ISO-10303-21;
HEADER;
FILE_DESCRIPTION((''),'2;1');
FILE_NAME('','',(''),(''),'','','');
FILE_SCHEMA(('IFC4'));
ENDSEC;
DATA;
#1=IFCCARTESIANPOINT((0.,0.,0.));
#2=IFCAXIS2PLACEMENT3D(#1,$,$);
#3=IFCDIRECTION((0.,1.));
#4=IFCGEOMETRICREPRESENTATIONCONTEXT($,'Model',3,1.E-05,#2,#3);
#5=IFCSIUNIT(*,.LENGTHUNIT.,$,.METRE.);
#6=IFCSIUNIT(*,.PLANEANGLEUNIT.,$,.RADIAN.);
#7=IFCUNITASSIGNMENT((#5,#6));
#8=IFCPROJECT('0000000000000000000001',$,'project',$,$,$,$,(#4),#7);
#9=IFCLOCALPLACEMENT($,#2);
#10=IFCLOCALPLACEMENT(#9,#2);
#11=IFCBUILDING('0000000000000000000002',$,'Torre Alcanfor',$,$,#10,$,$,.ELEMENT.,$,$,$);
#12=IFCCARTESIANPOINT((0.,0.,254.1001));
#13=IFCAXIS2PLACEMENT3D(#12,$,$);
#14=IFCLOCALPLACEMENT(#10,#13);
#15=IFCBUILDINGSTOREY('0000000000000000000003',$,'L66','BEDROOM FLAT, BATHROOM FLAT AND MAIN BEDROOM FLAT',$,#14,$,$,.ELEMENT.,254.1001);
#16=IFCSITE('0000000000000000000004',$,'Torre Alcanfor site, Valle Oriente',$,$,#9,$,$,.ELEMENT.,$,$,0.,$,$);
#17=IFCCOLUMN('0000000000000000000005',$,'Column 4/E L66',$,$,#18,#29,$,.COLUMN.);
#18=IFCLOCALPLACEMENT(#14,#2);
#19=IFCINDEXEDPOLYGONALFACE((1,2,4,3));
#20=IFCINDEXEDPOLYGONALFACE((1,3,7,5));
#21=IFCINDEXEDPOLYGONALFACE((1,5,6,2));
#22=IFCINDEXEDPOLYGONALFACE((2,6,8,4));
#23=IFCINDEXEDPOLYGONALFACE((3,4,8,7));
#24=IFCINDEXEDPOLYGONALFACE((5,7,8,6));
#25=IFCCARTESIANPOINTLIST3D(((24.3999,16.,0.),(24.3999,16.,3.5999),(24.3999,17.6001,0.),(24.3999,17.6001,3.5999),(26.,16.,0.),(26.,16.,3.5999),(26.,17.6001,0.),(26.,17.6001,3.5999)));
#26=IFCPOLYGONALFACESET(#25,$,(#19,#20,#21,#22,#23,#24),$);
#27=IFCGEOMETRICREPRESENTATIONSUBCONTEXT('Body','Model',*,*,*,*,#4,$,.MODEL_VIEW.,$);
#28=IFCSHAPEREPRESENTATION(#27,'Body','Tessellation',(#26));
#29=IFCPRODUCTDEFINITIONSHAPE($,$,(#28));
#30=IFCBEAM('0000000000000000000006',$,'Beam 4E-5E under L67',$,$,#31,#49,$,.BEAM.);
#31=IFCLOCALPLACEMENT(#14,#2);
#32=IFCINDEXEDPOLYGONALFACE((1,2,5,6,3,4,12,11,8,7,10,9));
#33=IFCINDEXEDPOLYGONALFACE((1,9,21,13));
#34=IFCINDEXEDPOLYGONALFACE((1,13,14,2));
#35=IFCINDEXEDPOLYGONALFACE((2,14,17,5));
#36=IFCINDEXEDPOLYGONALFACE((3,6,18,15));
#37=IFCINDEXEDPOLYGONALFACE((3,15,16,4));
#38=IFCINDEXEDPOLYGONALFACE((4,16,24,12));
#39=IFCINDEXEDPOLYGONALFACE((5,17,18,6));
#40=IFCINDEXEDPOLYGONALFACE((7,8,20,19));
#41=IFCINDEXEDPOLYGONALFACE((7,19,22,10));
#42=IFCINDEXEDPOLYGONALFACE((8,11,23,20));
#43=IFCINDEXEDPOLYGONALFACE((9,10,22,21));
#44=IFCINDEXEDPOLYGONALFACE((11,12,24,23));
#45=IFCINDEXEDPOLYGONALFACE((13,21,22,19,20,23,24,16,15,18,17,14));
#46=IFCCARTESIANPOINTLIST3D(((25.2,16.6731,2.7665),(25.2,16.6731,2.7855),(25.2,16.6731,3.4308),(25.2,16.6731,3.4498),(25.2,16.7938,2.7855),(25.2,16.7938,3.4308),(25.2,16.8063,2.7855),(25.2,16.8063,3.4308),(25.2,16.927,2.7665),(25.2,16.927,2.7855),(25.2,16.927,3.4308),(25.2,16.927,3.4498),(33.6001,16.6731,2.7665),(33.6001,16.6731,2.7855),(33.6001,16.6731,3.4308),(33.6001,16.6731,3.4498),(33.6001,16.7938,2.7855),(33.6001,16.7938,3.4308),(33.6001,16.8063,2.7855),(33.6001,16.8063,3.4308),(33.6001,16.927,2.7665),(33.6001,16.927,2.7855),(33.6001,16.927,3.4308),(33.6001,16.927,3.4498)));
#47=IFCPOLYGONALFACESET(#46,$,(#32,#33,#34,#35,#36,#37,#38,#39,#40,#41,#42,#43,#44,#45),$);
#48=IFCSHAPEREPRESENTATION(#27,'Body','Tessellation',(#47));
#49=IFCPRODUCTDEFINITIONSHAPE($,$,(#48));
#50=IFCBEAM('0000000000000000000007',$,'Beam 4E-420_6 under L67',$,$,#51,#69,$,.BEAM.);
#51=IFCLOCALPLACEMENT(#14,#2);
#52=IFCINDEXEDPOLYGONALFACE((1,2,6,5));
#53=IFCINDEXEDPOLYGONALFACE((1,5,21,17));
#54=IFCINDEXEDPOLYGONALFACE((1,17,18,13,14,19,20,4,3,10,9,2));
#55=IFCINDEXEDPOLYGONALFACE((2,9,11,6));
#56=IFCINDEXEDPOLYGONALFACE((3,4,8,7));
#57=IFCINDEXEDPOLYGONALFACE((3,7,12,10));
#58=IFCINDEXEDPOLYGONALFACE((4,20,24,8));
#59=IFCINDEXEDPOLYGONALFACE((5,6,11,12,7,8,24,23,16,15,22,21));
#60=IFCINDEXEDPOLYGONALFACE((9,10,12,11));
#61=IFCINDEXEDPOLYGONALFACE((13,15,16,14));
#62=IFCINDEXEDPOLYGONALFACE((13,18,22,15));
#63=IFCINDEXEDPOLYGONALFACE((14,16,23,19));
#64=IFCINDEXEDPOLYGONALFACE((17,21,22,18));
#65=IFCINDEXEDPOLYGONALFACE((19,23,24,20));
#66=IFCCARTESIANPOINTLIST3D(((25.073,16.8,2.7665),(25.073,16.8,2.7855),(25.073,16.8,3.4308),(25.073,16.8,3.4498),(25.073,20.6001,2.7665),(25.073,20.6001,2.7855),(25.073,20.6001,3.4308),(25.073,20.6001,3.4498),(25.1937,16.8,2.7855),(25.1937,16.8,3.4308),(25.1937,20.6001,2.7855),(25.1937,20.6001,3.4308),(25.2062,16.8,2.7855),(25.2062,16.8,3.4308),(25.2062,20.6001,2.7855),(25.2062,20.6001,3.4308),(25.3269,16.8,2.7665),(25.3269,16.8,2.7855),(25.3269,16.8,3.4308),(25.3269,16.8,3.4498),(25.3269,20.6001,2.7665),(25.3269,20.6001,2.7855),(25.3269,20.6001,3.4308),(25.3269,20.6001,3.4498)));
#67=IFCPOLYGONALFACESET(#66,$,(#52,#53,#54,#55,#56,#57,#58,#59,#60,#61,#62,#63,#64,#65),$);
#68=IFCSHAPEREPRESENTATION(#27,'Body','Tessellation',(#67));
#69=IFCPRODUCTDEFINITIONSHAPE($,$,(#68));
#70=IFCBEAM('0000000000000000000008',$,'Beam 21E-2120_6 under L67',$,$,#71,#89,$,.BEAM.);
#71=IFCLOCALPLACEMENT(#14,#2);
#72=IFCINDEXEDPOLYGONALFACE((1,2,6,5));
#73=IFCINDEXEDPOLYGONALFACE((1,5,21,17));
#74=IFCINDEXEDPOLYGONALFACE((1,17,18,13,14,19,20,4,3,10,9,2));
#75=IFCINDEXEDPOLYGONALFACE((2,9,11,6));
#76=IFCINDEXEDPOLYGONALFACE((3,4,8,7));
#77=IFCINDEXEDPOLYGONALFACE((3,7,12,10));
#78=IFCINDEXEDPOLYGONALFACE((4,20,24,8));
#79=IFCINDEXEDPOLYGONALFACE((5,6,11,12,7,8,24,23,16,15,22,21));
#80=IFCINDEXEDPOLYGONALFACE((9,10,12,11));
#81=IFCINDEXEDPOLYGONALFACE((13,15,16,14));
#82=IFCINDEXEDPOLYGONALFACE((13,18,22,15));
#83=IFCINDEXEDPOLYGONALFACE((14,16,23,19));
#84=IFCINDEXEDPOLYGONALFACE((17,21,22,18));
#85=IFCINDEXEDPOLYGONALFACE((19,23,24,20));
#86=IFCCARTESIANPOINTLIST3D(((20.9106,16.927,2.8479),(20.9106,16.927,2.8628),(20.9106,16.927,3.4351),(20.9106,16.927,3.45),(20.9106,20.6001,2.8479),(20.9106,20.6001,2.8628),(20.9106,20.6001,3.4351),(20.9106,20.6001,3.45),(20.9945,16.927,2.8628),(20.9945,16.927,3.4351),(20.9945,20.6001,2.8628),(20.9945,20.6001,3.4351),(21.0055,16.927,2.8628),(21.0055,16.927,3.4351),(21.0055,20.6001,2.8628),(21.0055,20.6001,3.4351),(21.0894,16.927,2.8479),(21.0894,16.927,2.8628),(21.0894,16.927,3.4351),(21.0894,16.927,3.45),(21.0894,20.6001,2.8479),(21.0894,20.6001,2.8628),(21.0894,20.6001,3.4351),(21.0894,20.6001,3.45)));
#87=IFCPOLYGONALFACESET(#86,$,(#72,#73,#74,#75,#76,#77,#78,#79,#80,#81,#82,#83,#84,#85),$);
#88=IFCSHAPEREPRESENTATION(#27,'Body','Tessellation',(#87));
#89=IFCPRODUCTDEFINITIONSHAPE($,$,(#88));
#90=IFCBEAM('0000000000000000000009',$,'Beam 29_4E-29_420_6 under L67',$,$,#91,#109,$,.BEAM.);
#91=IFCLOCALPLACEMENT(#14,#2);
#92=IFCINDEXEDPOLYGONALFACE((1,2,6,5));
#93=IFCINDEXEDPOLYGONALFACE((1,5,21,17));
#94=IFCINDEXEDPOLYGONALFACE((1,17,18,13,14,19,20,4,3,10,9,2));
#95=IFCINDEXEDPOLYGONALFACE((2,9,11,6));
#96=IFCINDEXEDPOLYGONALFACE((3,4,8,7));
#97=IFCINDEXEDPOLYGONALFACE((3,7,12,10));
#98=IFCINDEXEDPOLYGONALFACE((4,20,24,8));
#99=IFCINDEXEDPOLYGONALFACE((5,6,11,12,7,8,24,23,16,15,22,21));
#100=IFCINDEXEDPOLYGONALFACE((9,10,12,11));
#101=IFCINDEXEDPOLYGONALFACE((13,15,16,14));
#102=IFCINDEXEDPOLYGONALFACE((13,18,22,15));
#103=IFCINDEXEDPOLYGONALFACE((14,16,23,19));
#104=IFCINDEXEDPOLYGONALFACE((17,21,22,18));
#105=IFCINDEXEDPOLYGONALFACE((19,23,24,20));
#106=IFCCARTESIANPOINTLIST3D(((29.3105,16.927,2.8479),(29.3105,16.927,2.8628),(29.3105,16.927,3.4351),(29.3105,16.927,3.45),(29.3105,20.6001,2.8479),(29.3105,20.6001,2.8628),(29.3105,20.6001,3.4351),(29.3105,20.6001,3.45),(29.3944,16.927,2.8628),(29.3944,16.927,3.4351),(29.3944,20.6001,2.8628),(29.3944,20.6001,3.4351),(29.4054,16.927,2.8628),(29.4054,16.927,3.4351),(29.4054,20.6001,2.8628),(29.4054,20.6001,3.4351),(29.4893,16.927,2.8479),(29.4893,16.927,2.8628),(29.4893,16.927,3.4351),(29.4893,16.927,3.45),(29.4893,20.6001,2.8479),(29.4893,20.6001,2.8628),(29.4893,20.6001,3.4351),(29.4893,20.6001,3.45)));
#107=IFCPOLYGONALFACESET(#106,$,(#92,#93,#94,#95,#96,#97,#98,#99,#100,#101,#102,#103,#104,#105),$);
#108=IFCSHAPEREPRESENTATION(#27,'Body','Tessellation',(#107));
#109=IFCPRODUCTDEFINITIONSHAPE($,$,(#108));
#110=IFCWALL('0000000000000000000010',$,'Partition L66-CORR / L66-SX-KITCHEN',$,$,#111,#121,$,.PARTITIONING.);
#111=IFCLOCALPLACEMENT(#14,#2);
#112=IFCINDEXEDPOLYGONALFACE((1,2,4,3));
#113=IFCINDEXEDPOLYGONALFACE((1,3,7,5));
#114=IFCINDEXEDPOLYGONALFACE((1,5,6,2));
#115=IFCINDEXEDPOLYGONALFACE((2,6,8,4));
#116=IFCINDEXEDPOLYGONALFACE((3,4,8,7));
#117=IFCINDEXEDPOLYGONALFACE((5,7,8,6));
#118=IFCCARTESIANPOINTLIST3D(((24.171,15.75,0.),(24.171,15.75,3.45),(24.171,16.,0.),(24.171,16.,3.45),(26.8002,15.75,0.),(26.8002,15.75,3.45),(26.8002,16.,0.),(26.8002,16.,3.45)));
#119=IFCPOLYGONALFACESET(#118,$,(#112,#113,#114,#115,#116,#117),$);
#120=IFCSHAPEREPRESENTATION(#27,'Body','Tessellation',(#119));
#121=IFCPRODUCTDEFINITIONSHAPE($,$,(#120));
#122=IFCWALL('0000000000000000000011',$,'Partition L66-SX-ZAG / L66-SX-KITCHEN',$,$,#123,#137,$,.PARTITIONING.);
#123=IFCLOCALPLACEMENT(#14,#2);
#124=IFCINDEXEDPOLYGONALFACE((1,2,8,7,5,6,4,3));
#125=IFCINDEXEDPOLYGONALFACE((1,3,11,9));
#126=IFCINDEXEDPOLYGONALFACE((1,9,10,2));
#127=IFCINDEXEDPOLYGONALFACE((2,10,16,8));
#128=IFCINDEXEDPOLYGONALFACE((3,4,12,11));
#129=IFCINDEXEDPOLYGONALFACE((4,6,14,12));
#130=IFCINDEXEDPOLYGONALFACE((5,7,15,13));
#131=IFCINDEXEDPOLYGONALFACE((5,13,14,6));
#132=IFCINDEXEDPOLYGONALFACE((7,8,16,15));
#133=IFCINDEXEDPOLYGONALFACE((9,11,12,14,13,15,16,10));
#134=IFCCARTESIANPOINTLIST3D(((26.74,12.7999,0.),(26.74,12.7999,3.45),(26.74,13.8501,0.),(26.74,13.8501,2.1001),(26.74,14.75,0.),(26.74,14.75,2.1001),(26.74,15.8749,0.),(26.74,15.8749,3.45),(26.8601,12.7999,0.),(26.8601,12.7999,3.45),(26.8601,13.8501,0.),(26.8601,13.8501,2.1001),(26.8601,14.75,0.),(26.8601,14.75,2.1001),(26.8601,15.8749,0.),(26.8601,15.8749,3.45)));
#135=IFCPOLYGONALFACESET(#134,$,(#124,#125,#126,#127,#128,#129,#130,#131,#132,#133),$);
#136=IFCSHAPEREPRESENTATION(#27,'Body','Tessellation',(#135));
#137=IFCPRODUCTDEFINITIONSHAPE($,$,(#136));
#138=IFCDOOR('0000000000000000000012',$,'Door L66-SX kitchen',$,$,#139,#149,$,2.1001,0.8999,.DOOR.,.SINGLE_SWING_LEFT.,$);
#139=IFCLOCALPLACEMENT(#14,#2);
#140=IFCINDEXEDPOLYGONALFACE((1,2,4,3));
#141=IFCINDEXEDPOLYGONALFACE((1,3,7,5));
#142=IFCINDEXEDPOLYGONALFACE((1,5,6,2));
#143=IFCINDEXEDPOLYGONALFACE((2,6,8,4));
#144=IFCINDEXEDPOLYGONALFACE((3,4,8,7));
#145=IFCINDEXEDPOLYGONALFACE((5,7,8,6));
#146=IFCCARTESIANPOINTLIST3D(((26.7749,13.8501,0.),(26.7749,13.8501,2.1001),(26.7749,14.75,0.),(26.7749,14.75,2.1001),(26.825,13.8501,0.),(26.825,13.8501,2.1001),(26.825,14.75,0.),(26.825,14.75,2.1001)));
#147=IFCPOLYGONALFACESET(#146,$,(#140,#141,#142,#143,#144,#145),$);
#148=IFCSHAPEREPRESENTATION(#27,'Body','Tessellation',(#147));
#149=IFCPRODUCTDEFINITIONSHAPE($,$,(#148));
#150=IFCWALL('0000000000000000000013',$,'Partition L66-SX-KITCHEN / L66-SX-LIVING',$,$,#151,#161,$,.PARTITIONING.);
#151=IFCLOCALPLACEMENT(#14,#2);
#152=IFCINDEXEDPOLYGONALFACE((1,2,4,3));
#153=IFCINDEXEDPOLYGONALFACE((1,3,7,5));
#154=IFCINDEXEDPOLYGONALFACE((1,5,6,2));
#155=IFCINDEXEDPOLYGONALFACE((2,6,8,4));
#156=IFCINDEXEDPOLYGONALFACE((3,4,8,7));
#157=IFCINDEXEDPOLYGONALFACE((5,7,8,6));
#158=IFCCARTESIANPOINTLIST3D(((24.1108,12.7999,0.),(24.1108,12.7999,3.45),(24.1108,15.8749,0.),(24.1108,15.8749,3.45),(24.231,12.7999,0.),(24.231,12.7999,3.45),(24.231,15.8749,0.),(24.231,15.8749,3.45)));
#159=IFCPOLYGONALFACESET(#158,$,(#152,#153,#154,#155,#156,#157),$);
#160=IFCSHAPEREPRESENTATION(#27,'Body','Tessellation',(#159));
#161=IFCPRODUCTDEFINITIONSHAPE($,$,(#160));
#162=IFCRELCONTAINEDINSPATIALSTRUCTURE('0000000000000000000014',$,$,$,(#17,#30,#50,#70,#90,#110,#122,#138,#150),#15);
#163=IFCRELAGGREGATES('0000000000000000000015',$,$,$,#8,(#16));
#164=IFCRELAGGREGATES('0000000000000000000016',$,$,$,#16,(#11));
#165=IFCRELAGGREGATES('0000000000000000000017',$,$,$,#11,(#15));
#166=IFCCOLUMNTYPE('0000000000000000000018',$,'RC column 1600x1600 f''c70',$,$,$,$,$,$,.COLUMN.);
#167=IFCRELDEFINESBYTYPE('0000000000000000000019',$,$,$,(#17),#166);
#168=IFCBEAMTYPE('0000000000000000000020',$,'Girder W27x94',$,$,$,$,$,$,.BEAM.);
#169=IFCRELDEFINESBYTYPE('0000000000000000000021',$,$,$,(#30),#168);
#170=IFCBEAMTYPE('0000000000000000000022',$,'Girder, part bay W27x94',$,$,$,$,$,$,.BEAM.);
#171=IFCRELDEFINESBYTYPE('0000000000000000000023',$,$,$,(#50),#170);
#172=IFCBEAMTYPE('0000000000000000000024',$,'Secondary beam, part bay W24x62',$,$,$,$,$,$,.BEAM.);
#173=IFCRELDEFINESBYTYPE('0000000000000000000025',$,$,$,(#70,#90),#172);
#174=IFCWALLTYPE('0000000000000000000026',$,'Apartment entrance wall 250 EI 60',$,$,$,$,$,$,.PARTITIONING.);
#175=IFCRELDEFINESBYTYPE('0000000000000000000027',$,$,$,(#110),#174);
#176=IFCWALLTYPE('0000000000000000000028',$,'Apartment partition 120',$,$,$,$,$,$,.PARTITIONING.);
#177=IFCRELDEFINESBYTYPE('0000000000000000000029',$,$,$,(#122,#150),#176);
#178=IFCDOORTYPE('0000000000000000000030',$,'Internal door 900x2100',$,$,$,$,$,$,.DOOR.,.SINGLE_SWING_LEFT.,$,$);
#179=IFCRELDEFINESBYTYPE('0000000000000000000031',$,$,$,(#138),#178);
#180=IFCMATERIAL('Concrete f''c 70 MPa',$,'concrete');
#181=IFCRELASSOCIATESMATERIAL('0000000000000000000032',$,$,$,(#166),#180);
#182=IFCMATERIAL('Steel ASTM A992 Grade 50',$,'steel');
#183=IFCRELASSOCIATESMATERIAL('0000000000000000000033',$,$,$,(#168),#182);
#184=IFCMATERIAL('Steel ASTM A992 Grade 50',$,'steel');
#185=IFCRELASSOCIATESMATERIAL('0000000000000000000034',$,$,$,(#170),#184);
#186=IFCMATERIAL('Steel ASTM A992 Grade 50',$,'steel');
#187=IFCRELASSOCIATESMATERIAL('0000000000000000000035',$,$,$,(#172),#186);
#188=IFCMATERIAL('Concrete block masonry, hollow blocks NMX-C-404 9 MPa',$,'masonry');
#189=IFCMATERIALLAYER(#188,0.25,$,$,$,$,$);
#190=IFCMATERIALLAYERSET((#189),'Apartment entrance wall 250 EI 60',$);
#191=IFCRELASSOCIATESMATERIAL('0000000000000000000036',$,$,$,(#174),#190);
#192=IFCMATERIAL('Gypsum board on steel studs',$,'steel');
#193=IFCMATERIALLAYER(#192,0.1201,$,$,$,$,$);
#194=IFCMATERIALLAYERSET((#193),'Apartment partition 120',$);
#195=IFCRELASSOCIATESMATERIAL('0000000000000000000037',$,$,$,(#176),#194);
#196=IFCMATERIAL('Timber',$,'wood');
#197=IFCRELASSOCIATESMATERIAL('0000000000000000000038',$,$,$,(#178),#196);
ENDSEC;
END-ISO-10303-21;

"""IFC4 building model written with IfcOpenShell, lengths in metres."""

from ifc_helpers import new_model, si_unit, direction, frame, frame_2d, origin, origin_2d, place, context, subcontext, project, spatial, rectangle, i_section, extrude, material, layer, layer_set, material_profile, profile_set, type_object, element, fill, save


model = new_model("IFC4")

# Units and contexts
model_context = context("Model", 3, precision=1e-05, world=origin(), true_north=direction((0.0, 1.0)))
body_context = subcontext(model_context, "Body", "Model", "MODEL_VIEW")
ifc_project = project(units=[si_unit("LENGTHUNIT", "METRE"), si_unit("PLANEANGLEUNIT", "RADIAN")], contexts=[model_context])

# Site, building, storey
site_placement = place(None, origin())
site = spatial("IfcSite", under=ifc_project, at=site_placement, Name="Torre Alcanfor site, Valle Oriente", CompositionType="ELEMENT", RefElevation=0.0)
building_placement = place(site_placement, origin())
building = spatial("IfcBuilding", under=site, at=building_placement, Name="Torre Alcanfor", CompositionType="ELEMENT")
storey_placement = place(building_placement, frame((0.0, 0.0, 254.1001)))
storey = spatial("IfcBuildingStorey", under=building, at=storey_placement, Name="L66", Description="BEDROOM FLAT, BATHROOM FLAT AND MAIN BEDROOM FLAT", CompositionType="ELEMENT", Elevation=254.1001)

# Column
ifc_material_1 = material(Name="Concrete f'c 70 MPa", Category="concrete")
ifc_material_profile_1 = material_profile(ifc_material_1, rectangle(XDim=1.6001, YDim=1.6001, at=origin_2d()), Name="1600x1600")
ifc_profile_set_1 = profile_set([ifc_material_profile_1], Name="Concrete f'c 70 MPa")
column_type = type_object("IfcColumnType", Name="RC column 1600x1600 f'c70", PredefinedType="COLUMN", material=ifc_profile_set_1)
column_placement = place(storey_placement, frame((25.2, 16.8, 0.0), z_axis=(0.0, 0.0, 1.0), x_axis=(1.0, 0.0, 0.0)))
element("IfcColumn", 1, at=column_placement, inside=storey, type_object=column_type, Name="Column 4/E L66", PredefinedType="COLUMN", context=body_context, shape_type="SweptSolid", body=[
    extrude(rectangle(XDim=1.6001, YDim=1.6001, at=origin_2d()), origin(), (0.0, 0.0, 1.0), 3.5999),
])

# Beams
ifc_material_2 = material(Name="Steel ASTM A992 Grade 50", Category="steel")
ifc_material_profile_2 = material_profile(ifc_material_2, i_section(OverallWidth=0.2539, OverallDepth=0.6833, WebThickness=0.0125, FlangeThickness=0.019, at=origin_2d()), Name="W27x94")
ifc_profile_set_2 = profile_set([ifc_material_profile_2], Name="Steel ASTM A992 Grade 50")
beam_type_1 = type_object("IfcBeamType", Name="Girder W27x94", PredefinedType="BEAM", material=ifc_profile_set_2)
beam_1_placement = place(storey_placement, frame((25.2, 16.8, 3.1082), z_axis=(1.0, 0.0, 0.0), x_axis=(0.0, 1.0, 0.0)))
element("IfcBeam", 2, at=beam_1_placement, inside=storey, type_object=beam_type_1, Name="Beam 4E-5E under L67", PredefinedType="BEAM", context=body_context, shape_type="SweptSolid", body=[
    extrude(i_section(OverallWidth=0.2539, OverallDepth=0.6833, WebThickness=0.0125, FlangeThickness=0.019, at=origin_2d()), origin(), (0.0, 0.0, 1.0), 8.4001),
])
ifc_material_3 = material(Name="Steel ASTM A992 Grade 50", Category="steel")
ifc_material_profile_3 = material_profile(ifc_material_3, i_section(OverallWidth=0.2539, OverallDepth=0.6833, WebThickness=0.0125, FlangeThickness=0.019, at=origin_2d()), Name="W27x94")
ifc_profile_set_3 = profile_set([ifc_material_profile_3], Name="Steel ASTM A992 Grade 50")
beam_type_2 = type_object("IfcBeamType", Name="Girder, part bay W27x94", PredefinedType="BEAM", material=ifc_profile_set_3)
beam_2_placement = place(storey_placement, frame((25.2, 16.8, 3.1082), z_axis=(0.0, 1.0, 0.0), x_axis=(-1.0, 0.0, 0.0)))
element("IfcBeam", 3, at=beam_2_placement, inside=storey, type_object=beam_type_2, Name="Beam 4E-420_6 under L67", PredefinedType="BEAM", context=body_context, shape_type="SweptSolid", body=[
    extrude(i_section(OverallWidth=0.2539, OverallDepth=0.6833, WebThickness=0.0125, FlangeThickness=0.019, at=origin_2d()), origin(), (0.0, 0.0, 1.0), 3.8),
])
ifc_material_4 = material(Name="Steel ASTM A992 Grade 50", Category="steel")
ifc_material_profile_4 = material_profile(ifc_material_4, i_section(OverallWidth=0.1787, OverallDepth=0.6021, WebThickness=0.011, FlangeThickness=0.0149, at=origin_2d()), Name="W24x62")
ifc_profile_set_4 = profile_set([ifc_material_profile_4], Name="Steel ASTM A992 Grade 50")
beam_type_3 = type_object("IfcBeamType", Name="Secondary beam, part bay W24x62", PredefinedType="BEAM", material=ifc_profile_set_4)
for number, where, z_axis, x_axis, name in (
    (4, (21.0, 16.927, 3.1489), (0.0, 1.0, 0.0), (-1.0, 0.0, 0.0), "Beam 21E-2120_6 under L67"),
    (5, (29.3999, 16.927, 3.1489), (0.0, 1.0, 0.0), (-1.0, 0.0, 0.0), "Beam 29_4E-29_420_6 under L67"),
):
    element("IfcBeam", number, at=place(storey_placement, frame(where, z_axis=z_axis, x_axis=x_axis)), inside=storey, type_object=beam_type_3, Name=name, PredefinedType="BEAM", context=body_context, shape_type="SweptSolid", body=[
        extrude(i_section(OverallWidth=0.1787, OverallDepth=0.6021, WebThickness=0.011, FlangeThickness=0.0149, at=origin_2d()), origin(), (0.0, 0.0, 1.0), 3.6731),
    ])

# Wall
ifc_material_5 = material(Name="Concrete block masonry, hollow blocks NMX-C-404 9 MPa", Category="masonry")
ifc_layer_1 = layer(ifc_material_5, 0.25)
ifc_layer_set_1 = layer_set([ifc_layer_1], Name="Apartment entrance wall 250 EI 60")
wall_type_1 = type_object("IfcWallType", Name="Apartment entrance wall 250 EI 60", PredefinedType="PARTITIONING", material=ifc_layer_set_1)
wall_1_placement = place(storey_placement, frame((26.8, 15.875, 0.0), z_axis=(0.0, 0.0, 1.0), x_axis=(-1.0, 0.0, 0.0)))
element("IfcWall", 6, at=wall_1_placement, inside=storey, type_object=wall_type_1, Name="Partition L66-CORR / L66-SX-KITCHEN", PredefinedType="PARTITIONING", context=body_context, shape_type="SweptSolid", body=[
    extrude(rectangle(XDim=2.6292, YDim=0.25, at=frame_2d((1.3145, 0.0))), origin(), (0.0, 0.0, 1.0), 3.45),
])

# Wall, opening, door
ifc_material_6 = material(Name="Gypsum board on steel studs", Category="steel")
ifc_layer_2 = layer(ifc_material_6, 0.1201)
ifc_layer_set_2 = layer_set([ifc_layer_2], Name="Apartment partition 120")
wall_type_2 = type_object("IfcWallType", Name="Apartment partition 120", PredefinedType="PARTITIONING", material=ifc_layer_set_2)
wall_2_placement = place(storey_placement, frame((26.8, 15.875, 0.0), z_axis=(0.0, 0.0, 1.0), x_axis=(0.0, -1.0, 0.0)))
wall_2 = element("IfcWall", 7, at=wall_2_placement, inside=storey, type_object=wall_type_2, Name="Partition L66-SX-ZAG / L66-SX-KITCHEN", PredefinedType="PARTITIONING", context=body_context, shape_type="SweptSolid", body=[
    extrude(rectangle(XDim=3.075, YDim=0.1201, at=frame_2d((1.5376, 0.0))), origin(), (0.0, 0.0, 1.0), 3.45),
])
opening_1_placement = place(wall_2_placement, frame((1.125, 0.0, 0.0)))
opening_1 = element("IfcOpeningElement", 8, at=opening_1_placement, cuts=wall_2, PredefinedType="OPENING", context=body_context, shape_type="SweptSolid", body=[
    extrude(rectangle(XDim=0.8999, YDim=2.1001, at=frame_2d((0.45, 1.05))), frame((0.0, 0.0701, 0.0), z_axis=(0.0, -1.0, 0.0), x_axis=(1.0, 0.0, 0.0)), (0.0, 0.0, 1.0), 0.1401),
])
ifc_material_7 = material(Name="Timber", Category="wood")
door_type_1 = type_object("IfcDoorType", Name="Internal door 900x2100", OperationType="SINGLE_SWING_LEFT", PredefinedType="DOOR", material=ifc_material_7)
door_1_placement = place(opening_1_placement, frame((0.8999, 0.0, 0.0), z_axis=(0.0, 0.0, 1.0), x_axis=(-1.0, 0.0, 0.0)))
door_1 = element("IfcDoor", 9, at=door_1_placement, inside=storey, type_object=door_type_1, Name="Door L66-SX kitchen", OperationType="SINGLE_SWING_LEFT", OverallHeight=2.1001, OverallWidth=0.8999, PredefinedType="DOOR", context=body_context, shape_type="SweptSolid", body=[
    extrude(rectangle(XDim=0.8999, YDim=2.1001, at=frame_2d((0.45, 1.05))), frame((0.0, 0.0251, 0.0), z_axis=(0.0, -1.0, 0.0), x_axis=(1.0, 0.0, 0.0)), (0.0, 0.0, 1.0), 0.05),
])
fill(opening_1, door_1)

# Wall
wall_3_placement = place(storey_placement, frame((24.1709, 15.875, 0.0), z_axis=(0.0, 0.0, 1.0), x_axis=(0.0, -1.0, 0.0)))
element("IfcWall", 10, at=wall_3_placement, inside=storey, type_object=wall_type_2, Name="Partition L66-SX-KITCHEN / L66-SX-LIVING", PredefinedType="PARTITIONING", context=body_context, shape_type="SweptSolid", body=[
    extrude(rectangle(XDim=3.075, YDim=0.1201, at=frame_2d((1.5376, 0.0))), origin(), (0.0, 0.0, 1.0), 3.45),
])

save(model, "model.ifc")
